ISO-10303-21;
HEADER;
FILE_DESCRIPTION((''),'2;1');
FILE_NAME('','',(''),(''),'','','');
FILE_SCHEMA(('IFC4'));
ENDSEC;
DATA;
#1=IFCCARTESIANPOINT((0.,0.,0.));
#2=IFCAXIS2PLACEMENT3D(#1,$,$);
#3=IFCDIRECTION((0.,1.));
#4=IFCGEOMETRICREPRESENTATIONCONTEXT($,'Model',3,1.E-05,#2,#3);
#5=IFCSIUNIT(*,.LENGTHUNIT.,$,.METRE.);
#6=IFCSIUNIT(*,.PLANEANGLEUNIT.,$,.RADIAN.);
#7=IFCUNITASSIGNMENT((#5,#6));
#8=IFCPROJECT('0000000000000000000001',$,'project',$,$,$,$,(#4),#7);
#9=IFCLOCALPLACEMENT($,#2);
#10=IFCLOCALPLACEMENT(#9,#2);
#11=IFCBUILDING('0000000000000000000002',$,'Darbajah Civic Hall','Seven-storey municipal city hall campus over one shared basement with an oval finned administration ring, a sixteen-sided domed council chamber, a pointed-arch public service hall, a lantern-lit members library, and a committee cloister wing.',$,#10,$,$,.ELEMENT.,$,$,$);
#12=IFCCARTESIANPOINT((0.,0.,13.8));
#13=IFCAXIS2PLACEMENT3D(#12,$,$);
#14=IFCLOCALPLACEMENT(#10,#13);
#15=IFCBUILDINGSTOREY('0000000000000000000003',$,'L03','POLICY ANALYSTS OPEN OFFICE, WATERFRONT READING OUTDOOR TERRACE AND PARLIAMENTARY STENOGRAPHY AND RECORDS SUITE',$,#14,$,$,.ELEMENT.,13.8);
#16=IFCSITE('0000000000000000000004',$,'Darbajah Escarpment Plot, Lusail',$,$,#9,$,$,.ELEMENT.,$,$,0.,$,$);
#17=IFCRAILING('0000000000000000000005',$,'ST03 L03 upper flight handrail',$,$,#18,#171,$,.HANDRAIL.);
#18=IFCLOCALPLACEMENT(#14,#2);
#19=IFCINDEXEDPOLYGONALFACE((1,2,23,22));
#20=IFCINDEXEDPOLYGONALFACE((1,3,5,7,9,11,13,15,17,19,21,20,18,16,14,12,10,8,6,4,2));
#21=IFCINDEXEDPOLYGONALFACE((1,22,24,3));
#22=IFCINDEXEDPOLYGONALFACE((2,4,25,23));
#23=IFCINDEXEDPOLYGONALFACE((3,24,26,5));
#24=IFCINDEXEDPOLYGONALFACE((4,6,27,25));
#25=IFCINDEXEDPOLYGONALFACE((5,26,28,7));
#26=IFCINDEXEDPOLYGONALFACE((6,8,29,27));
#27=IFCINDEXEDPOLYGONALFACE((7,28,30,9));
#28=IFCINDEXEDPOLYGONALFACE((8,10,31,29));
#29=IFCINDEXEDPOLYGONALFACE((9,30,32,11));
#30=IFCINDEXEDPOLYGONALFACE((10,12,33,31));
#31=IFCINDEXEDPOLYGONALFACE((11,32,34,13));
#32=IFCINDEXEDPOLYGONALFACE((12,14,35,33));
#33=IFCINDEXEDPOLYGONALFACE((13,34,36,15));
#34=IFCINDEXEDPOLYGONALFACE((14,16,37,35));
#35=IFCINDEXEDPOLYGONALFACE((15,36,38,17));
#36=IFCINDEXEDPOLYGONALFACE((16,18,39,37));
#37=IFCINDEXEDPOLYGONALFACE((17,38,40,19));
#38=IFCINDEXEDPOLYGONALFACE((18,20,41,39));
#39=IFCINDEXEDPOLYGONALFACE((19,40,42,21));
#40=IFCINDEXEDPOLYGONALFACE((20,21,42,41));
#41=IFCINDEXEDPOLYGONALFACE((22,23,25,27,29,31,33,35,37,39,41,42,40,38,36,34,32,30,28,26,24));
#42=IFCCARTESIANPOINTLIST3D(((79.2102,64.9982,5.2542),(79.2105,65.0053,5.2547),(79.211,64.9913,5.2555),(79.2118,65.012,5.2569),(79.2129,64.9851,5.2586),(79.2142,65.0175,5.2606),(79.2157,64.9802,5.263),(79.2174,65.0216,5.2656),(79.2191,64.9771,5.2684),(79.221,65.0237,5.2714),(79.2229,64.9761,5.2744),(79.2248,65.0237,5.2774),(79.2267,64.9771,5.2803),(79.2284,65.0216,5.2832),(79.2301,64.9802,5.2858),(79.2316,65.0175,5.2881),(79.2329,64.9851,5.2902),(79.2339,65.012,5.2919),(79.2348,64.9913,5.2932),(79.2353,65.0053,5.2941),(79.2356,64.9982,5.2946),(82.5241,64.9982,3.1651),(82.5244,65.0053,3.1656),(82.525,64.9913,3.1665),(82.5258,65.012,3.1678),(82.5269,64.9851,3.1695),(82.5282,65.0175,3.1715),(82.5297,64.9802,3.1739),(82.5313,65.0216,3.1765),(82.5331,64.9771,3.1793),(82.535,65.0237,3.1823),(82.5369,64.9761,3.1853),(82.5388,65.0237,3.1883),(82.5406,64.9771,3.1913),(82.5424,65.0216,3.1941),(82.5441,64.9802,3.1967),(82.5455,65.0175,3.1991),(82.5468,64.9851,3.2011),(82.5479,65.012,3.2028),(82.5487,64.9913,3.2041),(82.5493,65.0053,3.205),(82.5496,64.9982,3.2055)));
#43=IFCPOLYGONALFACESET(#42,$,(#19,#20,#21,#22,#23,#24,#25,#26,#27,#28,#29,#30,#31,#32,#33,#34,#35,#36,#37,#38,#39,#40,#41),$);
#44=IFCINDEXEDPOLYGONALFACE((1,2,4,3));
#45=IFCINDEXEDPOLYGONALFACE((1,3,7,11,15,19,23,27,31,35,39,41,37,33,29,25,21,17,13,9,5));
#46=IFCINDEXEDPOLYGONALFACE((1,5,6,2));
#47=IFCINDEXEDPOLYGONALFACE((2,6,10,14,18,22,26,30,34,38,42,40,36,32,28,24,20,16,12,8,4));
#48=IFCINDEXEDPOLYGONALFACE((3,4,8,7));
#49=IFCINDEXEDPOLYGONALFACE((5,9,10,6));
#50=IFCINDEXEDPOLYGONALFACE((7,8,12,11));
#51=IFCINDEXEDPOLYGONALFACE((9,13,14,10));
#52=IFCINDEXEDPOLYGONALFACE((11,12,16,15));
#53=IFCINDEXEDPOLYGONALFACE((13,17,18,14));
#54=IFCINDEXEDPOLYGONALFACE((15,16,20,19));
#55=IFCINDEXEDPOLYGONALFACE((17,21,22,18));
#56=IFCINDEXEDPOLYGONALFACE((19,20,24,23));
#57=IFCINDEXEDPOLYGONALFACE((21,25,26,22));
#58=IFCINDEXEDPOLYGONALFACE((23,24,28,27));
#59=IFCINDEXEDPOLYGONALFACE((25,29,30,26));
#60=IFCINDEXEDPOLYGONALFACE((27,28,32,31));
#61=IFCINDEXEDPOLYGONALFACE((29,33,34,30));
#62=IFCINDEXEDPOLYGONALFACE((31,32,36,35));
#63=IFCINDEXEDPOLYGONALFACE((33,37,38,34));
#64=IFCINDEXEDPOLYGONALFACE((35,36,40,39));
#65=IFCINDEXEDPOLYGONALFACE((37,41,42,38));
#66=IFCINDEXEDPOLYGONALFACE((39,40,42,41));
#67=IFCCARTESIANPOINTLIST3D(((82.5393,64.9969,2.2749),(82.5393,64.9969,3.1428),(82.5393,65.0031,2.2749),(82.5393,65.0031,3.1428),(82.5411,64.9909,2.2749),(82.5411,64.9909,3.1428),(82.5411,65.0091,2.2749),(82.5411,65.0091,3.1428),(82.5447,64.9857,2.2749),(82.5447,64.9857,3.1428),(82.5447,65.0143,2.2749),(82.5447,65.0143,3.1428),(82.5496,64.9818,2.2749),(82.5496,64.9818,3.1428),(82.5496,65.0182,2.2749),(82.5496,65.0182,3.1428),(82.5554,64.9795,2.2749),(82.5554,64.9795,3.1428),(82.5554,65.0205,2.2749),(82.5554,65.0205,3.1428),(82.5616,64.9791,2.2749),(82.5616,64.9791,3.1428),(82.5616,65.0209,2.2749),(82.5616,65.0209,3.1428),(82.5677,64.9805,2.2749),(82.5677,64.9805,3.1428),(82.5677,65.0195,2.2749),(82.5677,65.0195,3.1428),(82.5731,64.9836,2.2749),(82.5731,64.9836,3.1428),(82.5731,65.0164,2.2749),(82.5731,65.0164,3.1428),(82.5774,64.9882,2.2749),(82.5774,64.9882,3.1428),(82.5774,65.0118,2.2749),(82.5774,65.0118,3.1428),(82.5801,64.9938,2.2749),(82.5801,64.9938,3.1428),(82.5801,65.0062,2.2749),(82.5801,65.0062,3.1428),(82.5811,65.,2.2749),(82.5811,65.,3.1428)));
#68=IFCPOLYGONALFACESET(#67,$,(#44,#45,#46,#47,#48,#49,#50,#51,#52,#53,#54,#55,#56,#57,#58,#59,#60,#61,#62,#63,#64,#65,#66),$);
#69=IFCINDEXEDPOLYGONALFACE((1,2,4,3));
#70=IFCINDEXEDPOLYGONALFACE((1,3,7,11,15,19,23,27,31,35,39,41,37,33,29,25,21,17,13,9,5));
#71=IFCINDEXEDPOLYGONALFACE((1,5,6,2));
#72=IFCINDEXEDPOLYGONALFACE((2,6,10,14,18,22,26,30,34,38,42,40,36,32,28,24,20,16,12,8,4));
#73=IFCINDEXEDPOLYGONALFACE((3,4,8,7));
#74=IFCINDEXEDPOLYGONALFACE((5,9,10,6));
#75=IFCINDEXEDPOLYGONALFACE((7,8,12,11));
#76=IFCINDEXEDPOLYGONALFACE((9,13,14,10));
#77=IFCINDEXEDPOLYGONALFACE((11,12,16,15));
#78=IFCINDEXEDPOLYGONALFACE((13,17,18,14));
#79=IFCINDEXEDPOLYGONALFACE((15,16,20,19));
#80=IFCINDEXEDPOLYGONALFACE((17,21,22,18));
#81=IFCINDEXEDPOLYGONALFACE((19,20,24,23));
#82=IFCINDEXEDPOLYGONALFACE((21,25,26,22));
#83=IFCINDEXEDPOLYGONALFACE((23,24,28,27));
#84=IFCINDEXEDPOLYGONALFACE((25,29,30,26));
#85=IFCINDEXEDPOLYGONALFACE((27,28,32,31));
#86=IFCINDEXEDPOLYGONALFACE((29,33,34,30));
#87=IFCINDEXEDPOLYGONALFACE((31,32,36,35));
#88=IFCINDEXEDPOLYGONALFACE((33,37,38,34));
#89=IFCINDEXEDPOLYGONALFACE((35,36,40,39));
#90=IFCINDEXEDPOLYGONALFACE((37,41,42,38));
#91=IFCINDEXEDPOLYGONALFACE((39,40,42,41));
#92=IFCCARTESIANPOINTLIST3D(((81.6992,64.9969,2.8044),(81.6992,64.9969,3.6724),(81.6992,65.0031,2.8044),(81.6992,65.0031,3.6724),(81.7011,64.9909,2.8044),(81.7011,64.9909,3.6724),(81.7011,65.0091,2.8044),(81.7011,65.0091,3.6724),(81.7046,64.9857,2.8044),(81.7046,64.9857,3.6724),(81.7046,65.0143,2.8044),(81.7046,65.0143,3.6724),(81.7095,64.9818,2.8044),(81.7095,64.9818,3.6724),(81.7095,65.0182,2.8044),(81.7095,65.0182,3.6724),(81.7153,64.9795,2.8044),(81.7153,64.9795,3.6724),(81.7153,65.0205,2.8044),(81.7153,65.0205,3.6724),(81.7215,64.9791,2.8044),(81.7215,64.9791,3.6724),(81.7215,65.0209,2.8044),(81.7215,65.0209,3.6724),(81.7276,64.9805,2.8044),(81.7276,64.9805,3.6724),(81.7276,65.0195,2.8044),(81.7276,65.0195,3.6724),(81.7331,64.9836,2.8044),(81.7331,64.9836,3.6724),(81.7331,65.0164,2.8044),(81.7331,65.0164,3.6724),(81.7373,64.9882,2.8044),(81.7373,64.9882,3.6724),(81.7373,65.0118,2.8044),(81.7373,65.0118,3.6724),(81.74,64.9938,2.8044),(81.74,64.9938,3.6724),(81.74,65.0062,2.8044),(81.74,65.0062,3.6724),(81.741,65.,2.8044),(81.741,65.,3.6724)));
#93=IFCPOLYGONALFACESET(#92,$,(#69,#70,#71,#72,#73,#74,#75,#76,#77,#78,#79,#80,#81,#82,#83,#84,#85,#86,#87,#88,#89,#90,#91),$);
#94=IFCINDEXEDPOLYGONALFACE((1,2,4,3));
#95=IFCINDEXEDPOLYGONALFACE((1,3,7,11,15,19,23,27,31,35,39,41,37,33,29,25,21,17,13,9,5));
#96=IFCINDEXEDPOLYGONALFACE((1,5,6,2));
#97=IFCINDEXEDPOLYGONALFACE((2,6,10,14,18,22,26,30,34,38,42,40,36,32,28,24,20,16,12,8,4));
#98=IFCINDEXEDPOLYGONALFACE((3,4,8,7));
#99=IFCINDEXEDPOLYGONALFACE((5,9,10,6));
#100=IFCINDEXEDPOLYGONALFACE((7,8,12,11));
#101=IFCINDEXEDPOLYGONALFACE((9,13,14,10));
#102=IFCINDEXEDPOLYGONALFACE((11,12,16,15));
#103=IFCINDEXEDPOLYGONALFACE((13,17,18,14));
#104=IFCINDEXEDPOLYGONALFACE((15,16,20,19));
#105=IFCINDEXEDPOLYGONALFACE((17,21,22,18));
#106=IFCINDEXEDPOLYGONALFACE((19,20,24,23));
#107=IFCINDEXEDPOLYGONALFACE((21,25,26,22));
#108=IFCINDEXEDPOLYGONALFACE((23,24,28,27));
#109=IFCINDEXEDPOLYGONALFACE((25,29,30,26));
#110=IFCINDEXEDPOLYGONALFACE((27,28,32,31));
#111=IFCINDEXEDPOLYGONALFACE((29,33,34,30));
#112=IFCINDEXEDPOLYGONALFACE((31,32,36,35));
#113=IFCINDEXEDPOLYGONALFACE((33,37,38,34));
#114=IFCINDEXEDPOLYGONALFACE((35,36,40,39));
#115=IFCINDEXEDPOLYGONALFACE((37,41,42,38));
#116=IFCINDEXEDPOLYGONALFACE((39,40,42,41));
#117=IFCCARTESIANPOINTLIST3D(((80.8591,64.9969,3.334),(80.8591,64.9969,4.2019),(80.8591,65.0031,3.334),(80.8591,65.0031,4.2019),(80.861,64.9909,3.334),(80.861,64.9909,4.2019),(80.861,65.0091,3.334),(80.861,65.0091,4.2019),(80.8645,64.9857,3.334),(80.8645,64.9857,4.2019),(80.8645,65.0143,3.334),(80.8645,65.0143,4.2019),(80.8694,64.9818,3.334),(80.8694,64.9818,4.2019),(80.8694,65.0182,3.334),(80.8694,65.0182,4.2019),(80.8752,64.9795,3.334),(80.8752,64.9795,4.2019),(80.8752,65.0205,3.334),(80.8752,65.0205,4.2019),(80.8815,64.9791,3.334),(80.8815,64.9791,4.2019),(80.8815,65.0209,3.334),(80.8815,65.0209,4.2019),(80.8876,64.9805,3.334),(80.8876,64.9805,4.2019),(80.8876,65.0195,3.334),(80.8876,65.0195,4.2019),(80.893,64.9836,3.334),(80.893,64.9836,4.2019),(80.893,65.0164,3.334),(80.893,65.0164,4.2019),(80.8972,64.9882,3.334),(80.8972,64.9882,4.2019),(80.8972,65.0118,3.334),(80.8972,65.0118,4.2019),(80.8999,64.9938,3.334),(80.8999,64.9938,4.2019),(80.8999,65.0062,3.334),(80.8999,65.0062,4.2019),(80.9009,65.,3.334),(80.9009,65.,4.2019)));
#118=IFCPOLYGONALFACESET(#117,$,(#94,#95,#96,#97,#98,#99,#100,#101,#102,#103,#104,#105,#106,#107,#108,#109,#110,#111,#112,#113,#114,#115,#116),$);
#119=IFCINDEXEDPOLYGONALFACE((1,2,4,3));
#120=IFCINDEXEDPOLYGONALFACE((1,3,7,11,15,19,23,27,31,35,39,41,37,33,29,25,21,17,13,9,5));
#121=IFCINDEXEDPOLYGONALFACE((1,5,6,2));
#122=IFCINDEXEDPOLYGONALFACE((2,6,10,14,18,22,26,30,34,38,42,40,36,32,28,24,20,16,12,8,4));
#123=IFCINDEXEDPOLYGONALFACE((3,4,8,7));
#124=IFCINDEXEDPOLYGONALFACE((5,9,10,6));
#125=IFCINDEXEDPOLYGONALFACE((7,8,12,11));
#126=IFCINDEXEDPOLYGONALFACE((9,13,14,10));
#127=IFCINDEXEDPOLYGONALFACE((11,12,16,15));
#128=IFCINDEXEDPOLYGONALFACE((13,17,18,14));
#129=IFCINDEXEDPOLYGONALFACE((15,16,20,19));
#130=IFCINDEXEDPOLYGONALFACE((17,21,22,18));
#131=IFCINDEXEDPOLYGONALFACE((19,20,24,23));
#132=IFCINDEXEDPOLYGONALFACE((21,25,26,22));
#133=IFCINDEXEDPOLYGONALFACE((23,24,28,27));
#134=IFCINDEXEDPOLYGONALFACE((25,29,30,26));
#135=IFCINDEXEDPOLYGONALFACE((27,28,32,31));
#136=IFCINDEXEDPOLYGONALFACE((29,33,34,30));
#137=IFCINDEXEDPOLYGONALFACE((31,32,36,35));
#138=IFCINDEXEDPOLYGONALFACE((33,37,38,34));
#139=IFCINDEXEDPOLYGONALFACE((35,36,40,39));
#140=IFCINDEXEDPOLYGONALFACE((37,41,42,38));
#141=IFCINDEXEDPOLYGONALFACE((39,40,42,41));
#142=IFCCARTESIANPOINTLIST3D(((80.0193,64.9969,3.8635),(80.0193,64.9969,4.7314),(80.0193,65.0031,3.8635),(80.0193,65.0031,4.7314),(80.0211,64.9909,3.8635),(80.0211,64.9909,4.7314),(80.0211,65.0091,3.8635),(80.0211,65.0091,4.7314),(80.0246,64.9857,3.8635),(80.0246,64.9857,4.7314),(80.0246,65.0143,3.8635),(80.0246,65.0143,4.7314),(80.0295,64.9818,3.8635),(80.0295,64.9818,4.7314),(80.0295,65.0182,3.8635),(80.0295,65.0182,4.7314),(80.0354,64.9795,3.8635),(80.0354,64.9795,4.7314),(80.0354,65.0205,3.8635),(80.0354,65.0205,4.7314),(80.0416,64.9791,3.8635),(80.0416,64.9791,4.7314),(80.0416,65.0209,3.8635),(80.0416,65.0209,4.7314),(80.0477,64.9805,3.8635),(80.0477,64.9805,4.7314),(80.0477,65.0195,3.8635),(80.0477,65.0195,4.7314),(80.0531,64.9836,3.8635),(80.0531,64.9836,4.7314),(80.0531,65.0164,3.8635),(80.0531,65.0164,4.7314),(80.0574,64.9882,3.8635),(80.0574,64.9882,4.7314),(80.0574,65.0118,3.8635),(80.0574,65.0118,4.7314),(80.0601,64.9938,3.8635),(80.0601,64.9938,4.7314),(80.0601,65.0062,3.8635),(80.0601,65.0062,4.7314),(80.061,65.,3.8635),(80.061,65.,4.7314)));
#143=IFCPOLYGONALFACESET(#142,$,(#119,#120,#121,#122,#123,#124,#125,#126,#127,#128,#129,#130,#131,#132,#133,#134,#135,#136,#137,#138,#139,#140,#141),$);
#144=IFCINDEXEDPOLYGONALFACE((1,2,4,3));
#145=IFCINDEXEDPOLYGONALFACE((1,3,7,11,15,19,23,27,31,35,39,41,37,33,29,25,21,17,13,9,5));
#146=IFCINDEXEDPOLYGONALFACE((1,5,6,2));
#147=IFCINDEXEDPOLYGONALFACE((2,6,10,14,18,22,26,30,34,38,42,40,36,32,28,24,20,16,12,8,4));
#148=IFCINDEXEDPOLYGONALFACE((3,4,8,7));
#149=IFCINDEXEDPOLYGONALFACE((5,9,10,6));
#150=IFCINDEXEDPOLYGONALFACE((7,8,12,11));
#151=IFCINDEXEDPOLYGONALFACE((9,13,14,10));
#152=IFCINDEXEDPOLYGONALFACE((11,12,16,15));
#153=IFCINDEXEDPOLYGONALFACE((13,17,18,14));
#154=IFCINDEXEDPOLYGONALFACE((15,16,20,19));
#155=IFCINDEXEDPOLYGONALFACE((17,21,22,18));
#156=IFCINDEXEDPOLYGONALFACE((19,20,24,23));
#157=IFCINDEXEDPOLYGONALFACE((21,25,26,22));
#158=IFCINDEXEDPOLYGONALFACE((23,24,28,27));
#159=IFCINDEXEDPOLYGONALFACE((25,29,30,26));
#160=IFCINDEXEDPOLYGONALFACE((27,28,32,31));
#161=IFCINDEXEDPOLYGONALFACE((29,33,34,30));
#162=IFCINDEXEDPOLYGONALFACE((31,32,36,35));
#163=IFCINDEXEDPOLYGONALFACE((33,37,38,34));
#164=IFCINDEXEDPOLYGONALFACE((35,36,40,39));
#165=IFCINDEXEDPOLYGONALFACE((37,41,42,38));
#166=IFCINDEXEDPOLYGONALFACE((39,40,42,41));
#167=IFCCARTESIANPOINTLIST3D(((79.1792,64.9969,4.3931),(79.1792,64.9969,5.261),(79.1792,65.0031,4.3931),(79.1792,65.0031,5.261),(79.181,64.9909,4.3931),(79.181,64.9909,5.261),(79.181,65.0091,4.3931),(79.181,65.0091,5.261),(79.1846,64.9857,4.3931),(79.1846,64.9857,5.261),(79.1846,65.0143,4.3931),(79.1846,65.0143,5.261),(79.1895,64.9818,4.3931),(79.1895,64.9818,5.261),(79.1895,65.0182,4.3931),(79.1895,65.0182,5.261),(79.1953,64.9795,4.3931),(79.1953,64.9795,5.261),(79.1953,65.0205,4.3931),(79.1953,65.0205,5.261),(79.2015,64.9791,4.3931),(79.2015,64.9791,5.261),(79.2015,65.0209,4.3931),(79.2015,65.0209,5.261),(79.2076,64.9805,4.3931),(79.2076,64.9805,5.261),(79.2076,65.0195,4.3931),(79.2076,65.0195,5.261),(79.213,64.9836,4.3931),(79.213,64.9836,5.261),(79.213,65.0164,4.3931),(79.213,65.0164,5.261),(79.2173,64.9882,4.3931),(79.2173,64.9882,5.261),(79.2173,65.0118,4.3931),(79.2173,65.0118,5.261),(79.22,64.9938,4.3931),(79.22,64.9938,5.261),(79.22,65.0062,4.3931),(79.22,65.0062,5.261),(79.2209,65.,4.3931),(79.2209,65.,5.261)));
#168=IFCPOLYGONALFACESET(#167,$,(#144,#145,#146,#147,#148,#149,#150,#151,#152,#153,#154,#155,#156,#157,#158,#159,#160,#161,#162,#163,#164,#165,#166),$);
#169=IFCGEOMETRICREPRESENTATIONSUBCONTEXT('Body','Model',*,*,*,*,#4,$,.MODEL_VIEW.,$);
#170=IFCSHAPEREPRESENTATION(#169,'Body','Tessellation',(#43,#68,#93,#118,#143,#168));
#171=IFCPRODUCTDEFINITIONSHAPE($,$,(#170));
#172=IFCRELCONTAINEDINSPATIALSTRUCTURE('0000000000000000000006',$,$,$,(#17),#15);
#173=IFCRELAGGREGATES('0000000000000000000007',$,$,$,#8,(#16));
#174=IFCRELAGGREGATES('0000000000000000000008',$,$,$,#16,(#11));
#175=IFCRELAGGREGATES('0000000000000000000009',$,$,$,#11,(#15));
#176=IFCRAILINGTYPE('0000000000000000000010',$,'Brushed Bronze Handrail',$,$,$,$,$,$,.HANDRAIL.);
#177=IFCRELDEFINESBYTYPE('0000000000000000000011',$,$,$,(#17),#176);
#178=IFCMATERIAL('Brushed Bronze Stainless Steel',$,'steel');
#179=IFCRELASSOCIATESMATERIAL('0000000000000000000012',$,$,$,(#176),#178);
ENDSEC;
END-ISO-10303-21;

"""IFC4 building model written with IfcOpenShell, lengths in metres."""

from ifc_helpers import new_model, si_unit, direction, frame, origin, origin_2d, place, context, subcontext, project, spatial, circle, extrude, material, type_object, element, save


model = new_model("IFC4")

# Units and contexts
model_context = context("Model", 3, precision=1e-05, world=origin(), true_north=direction((0.0, 1.0)))
body_context = subcontext(model_context, "Body", "Model", "MODEL_VIEW")
ifc_project = project(units=[si_unit("LENGTHUNIT", "METRE"), si_unit("PLANEANGLEUNIT", "RADIAN")], contexts=[model_context])

# Site, building, storey
site_placement = place(None, origin())
site = spatial("IfcSite", under=ifc_project, at=site_placement, Name="Darbajah Escarpment Plot, Lusail", CompositionType="ELEMENT", RefElevation=0.0)
building_placement = place(site_placement, origin())
building = spatial("IfcBuilding", under=site, at=building_placement, Name="Darbajah Civic Hall", Description="Seven-storey municipal city hall campus over one shared basement with an oval finned administration ring, a sixteen-sided domed council chamber, a pointed-arch public service hall, a lantern-lit members library, and a committee cloister wing.", CompositionType="ELEMENT")
storey_placement = place(building_placement, frame((0.0, 0.0, 13.8)))
storey = spatial("IfcBuildingStorey", under=building, at=storey_placement, Name="L03", Description="POLICY ANALYSTS OPEN OFFICE, WATERFRONT READING OUTDOOR TERRACE AND PARLIAMENTARY STENOGRAPHY AND RECORDS SUITE", CompositionType="ELEMENT", Elevation=13.8)

# Railing
ifc_material_1 = material(Name="Brushed Bronze Stainless Steel", Category="steel")
railing_type_1 = type_object("IfcRailingType", Name="Brushed Bronze Handrail", PredefinedType="HANDRAIL", material=ifc_material_1)
railing_1_placement = place(storey_placement, frame((82.5601, 65.0, 2.2749)))
element("IfcRailing", 1, at=railing_1_placement, inside=storey, type_object=railing_type_1, Name="ST03 L03 upper flight handrail", PredefinedType="HANDRAIL", context=body_context, shape_type="SweptSolid", body=[
    extrude(circle(Radius=0.0239, at=origin_2d()), frame((-0.0232, 0.0, 0.9104), z_axis=(-0.845944, 0.0, 0.533271), x_axis=(0.0, -1.0, 0.0)), (0.0, 0.0, 1.0), 3.9175),
    extrude(circle(Radius=0.021, at=origin_2d()), origin(), (0.0, 0.0, 1.0), 0.8679),
    extrude(circle(Radius=0.021, at=origin_2d()), frame((-0.8401, 0.0, 0.5295)), (0.0, 0.0, 1.0), 0.8679),
    extrude(circle(Radius=0.021, at=origin_2d()), frame((-1.6802, 0.0, 1.0591)), (0.0, 0.0, 1.0), 0.8679),
    extrude(circle(Radius=0.021, at=origin_2d()), frame((-2.52, 0.0, 1.5886)), (0.0, 0.0, 1.0), 0.8679),
    extrude(circle(Radius=0.021, at=origin_2d()), frame((-3.3601, 0.0, 2.1182)), (0.0, 0.0, 1.0), 0.8679),
])

save(model, "model.ifc")
